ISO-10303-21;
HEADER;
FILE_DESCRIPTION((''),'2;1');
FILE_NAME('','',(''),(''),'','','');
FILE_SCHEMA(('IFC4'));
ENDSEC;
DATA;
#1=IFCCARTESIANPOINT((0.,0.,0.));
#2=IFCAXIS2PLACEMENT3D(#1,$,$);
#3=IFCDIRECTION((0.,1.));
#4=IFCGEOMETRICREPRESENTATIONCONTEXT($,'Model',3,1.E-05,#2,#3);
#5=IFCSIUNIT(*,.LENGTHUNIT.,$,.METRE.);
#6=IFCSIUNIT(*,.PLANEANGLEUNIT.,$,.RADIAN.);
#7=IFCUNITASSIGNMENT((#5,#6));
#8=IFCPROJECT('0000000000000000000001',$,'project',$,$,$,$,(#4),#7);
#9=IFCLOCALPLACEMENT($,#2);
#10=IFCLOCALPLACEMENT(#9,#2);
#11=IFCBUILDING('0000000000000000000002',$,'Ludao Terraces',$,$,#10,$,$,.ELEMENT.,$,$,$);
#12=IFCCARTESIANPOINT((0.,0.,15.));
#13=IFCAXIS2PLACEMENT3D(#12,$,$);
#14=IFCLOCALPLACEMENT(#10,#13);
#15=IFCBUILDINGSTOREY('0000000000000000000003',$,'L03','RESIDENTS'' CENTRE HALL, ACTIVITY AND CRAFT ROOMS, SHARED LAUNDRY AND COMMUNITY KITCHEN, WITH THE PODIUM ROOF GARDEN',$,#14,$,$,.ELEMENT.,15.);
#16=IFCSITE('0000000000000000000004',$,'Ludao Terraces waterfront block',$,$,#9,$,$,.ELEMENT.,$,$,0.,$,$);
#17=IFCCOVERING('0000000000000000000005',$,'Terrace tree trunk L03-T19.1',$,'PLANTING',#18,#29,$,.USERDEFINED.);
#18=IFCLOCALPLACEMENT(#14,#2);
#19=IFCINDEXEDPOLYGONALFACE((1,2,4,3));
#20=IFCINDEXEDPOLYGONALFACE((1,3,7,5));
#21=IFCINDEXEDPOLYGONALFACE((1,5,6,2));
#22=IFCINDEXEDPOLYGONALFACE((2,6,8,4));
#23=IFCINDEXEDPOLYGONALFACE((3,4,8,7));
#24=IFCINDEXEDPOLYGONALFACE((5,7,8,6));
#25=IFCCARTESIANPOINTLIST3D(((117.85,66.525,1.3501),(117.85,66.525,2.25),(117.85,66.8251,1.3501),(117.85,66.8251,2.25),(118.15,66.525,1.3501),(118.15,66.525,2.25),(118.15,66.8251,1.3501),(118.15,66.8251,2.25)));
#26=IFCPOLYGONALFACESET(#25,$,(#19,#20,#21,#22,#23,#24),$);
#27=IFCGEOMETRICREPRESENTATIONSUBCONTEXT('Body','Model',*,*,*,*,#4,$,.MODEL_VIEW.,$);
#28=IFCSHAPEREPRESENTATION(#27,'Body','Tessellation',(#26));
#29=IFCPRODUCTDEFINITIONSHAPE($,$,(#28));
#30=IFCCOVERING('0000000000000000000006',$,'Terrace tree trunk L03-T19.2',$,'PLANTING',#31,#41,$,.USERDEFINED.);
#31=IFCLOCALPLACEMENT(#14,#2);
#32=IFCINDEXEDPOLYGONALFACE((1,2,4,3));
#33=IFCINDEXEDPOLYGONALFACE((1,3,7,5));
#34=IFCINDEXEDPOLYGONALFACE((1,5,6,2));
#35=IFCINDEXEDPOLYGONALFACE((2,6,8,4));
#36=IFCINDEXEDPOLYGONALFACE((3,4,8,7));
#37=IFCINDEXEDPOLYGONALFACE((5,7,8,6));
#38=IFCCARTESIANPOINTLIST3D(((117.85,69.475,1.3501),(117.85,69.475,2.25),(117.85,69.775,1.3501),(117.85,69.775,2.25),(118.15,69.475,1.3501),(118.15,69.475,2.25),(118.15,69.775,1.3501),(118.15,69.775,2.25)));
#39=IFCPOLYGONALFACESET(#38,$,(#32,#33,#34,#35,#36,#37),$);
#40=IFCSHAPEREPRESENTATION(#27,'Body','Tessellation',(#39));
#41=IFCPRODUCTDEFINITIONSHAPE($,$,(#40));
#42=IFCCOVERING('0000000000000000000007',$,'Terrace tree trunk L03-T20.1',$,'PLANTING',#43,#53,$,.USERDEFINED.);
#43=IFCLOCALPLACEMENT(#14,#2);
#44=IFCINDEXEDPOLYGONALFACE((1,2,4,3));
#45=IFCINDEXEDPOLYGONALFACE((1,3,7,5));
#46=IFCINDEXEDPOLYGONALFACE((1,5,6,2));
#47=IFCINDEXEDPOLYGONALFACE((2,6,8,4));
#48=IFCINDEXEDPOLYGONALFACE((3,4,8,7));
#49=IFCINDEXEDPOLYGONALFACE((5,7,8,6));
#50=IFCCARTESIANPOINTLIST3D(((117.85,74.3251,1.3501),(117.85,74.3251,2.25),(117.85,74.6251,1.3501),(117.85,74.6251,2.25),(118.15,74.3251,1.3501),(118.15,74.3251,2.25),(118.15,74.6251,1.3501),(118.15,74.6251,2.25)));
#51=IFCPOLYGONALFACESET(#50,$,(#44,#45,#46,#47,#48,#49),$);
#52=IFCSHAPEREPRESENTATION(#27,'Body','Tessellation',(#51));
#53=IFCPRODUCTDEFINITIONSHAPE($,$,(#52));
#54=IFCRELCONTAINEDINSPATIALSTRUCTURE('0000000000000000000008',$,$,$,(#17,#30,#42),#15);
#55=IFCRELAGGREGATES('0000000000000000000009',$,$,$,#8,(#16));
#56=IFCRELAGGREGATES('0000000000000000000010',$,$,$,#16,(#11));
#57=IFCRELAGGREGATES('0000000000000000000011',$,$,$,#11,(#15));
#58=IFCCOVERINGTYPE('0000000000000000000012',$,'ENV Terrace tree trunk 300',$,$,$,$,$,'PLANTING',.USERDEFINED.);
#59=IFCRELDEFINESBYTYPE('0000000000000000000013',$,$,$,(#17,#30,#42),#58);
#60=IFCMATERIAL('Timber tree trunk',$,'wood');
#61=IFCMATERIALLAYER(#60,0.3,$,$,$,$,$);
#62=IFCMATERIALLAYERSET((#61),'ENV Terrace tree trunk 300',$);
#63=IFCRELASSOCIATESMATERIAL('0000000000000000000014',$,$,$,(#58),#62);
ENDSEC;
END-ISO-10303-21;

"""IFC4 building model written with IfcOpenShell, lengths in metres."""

from ifc_helpers import new_model, si_unit, direction, frame, origin, origin_2d, place, context, subcontext, project, spatial, rectangle, extrude, material, layer, layer_set, type_object, element, save


model = new_model("IFC4")

# Units and contexts
model_context = context("Model", 3, precision=1e-05, world=origin(), true_north=direction((0.0, 1.0)))
body_context = subcontext(model_context, "Body", "Model", "MODEL_VIEW")
ifc_project = project(units=[si_unit("LENGTHUNIT", "METRE"), si_unit("PLANEANGLEUNIT", "RADIAN")], contexts=[model_context])

# Site, building, storey
site_placement = place(None, origin())
site = spatial("IfcSite", under=ifc_project, at=site_placement, Name="Ludao Terraces waterfront block", CompositionType="ELEMENT", RefElevation=0.0)
building_placement = place(site_placement, origin())
building = spatial("IfcBuilding", under=site, at=building_placement, Name="Ludao Terraces", CompositionType="ELEMENT")
storey_placement = place(building_placement, frame((0.0, 0.0, 15.0)))
storey = spatial("IfcBuildingStorey", under=building, at=storey_placement, Name="L03", Description="RESIDENTS' CENTRE HALL, ACTIVITY AND CRAFT ROOMS, SHARED LAUNDRY AND COMMUNITY KITCHEN, WITH THE PODIUM ROOF GARDEN", CompositionType="ELEMENT", Elevation=15.0)

# Coverings
ifc_material_1 = material(Name="Timber tree trunk", Category="wood")
ifc_layer_1 = layer(ifc_material_1, 0.3)
ifc_layer_set_1 = layer_set([ifc_layer_1], Name="ENV Terrace tree trunk 300")
covering_type_1 = type_object("IfcCoveringType", Name="ENV Terrace tree trunk 300", ElementType="PLANTING", PredefinedType="USERDEFINED", material=ifc_layer_set_1)
for number, where, z_axis, x_axis, name in (
    (1, (118.0, 66.675, 1.3501), (0.0, 0.0, 1.0), (1.0, 0.0, 0.0), "Terrace tree trunk L03-T19.1"),
    (2, (118.0, 69.625, 1.3501), (0.0, 0.0, 1.0), (1.0, 0.0, 0.0), "Terrace tree trunk L03-T19.2"),
    (3, (118.0, 74.4751, 1.3501), (0.0, 0.0, 1.0), (1.0, 0.0, 0.0), "Terrace tree trunk L03-T20.1"),
):
    element("IfcCovering", number, at=place(storey_placement, frame(where, z_axis=z_axis, x_axis=x_axis)), inside=storey, type_object=covering_type_1, Name=name, ObjectType="PLANTING", PredefinedType="USERDEFINED", context=body_context, shape_type="SweptSolid", body=[
        extrude(rectangle(XDim=0.3, YDim=0.3, at=origin_2d()), origin(), (0.0, 0.0, 1.0), 0.8999),
    ])

save(model, "model.ifc")
